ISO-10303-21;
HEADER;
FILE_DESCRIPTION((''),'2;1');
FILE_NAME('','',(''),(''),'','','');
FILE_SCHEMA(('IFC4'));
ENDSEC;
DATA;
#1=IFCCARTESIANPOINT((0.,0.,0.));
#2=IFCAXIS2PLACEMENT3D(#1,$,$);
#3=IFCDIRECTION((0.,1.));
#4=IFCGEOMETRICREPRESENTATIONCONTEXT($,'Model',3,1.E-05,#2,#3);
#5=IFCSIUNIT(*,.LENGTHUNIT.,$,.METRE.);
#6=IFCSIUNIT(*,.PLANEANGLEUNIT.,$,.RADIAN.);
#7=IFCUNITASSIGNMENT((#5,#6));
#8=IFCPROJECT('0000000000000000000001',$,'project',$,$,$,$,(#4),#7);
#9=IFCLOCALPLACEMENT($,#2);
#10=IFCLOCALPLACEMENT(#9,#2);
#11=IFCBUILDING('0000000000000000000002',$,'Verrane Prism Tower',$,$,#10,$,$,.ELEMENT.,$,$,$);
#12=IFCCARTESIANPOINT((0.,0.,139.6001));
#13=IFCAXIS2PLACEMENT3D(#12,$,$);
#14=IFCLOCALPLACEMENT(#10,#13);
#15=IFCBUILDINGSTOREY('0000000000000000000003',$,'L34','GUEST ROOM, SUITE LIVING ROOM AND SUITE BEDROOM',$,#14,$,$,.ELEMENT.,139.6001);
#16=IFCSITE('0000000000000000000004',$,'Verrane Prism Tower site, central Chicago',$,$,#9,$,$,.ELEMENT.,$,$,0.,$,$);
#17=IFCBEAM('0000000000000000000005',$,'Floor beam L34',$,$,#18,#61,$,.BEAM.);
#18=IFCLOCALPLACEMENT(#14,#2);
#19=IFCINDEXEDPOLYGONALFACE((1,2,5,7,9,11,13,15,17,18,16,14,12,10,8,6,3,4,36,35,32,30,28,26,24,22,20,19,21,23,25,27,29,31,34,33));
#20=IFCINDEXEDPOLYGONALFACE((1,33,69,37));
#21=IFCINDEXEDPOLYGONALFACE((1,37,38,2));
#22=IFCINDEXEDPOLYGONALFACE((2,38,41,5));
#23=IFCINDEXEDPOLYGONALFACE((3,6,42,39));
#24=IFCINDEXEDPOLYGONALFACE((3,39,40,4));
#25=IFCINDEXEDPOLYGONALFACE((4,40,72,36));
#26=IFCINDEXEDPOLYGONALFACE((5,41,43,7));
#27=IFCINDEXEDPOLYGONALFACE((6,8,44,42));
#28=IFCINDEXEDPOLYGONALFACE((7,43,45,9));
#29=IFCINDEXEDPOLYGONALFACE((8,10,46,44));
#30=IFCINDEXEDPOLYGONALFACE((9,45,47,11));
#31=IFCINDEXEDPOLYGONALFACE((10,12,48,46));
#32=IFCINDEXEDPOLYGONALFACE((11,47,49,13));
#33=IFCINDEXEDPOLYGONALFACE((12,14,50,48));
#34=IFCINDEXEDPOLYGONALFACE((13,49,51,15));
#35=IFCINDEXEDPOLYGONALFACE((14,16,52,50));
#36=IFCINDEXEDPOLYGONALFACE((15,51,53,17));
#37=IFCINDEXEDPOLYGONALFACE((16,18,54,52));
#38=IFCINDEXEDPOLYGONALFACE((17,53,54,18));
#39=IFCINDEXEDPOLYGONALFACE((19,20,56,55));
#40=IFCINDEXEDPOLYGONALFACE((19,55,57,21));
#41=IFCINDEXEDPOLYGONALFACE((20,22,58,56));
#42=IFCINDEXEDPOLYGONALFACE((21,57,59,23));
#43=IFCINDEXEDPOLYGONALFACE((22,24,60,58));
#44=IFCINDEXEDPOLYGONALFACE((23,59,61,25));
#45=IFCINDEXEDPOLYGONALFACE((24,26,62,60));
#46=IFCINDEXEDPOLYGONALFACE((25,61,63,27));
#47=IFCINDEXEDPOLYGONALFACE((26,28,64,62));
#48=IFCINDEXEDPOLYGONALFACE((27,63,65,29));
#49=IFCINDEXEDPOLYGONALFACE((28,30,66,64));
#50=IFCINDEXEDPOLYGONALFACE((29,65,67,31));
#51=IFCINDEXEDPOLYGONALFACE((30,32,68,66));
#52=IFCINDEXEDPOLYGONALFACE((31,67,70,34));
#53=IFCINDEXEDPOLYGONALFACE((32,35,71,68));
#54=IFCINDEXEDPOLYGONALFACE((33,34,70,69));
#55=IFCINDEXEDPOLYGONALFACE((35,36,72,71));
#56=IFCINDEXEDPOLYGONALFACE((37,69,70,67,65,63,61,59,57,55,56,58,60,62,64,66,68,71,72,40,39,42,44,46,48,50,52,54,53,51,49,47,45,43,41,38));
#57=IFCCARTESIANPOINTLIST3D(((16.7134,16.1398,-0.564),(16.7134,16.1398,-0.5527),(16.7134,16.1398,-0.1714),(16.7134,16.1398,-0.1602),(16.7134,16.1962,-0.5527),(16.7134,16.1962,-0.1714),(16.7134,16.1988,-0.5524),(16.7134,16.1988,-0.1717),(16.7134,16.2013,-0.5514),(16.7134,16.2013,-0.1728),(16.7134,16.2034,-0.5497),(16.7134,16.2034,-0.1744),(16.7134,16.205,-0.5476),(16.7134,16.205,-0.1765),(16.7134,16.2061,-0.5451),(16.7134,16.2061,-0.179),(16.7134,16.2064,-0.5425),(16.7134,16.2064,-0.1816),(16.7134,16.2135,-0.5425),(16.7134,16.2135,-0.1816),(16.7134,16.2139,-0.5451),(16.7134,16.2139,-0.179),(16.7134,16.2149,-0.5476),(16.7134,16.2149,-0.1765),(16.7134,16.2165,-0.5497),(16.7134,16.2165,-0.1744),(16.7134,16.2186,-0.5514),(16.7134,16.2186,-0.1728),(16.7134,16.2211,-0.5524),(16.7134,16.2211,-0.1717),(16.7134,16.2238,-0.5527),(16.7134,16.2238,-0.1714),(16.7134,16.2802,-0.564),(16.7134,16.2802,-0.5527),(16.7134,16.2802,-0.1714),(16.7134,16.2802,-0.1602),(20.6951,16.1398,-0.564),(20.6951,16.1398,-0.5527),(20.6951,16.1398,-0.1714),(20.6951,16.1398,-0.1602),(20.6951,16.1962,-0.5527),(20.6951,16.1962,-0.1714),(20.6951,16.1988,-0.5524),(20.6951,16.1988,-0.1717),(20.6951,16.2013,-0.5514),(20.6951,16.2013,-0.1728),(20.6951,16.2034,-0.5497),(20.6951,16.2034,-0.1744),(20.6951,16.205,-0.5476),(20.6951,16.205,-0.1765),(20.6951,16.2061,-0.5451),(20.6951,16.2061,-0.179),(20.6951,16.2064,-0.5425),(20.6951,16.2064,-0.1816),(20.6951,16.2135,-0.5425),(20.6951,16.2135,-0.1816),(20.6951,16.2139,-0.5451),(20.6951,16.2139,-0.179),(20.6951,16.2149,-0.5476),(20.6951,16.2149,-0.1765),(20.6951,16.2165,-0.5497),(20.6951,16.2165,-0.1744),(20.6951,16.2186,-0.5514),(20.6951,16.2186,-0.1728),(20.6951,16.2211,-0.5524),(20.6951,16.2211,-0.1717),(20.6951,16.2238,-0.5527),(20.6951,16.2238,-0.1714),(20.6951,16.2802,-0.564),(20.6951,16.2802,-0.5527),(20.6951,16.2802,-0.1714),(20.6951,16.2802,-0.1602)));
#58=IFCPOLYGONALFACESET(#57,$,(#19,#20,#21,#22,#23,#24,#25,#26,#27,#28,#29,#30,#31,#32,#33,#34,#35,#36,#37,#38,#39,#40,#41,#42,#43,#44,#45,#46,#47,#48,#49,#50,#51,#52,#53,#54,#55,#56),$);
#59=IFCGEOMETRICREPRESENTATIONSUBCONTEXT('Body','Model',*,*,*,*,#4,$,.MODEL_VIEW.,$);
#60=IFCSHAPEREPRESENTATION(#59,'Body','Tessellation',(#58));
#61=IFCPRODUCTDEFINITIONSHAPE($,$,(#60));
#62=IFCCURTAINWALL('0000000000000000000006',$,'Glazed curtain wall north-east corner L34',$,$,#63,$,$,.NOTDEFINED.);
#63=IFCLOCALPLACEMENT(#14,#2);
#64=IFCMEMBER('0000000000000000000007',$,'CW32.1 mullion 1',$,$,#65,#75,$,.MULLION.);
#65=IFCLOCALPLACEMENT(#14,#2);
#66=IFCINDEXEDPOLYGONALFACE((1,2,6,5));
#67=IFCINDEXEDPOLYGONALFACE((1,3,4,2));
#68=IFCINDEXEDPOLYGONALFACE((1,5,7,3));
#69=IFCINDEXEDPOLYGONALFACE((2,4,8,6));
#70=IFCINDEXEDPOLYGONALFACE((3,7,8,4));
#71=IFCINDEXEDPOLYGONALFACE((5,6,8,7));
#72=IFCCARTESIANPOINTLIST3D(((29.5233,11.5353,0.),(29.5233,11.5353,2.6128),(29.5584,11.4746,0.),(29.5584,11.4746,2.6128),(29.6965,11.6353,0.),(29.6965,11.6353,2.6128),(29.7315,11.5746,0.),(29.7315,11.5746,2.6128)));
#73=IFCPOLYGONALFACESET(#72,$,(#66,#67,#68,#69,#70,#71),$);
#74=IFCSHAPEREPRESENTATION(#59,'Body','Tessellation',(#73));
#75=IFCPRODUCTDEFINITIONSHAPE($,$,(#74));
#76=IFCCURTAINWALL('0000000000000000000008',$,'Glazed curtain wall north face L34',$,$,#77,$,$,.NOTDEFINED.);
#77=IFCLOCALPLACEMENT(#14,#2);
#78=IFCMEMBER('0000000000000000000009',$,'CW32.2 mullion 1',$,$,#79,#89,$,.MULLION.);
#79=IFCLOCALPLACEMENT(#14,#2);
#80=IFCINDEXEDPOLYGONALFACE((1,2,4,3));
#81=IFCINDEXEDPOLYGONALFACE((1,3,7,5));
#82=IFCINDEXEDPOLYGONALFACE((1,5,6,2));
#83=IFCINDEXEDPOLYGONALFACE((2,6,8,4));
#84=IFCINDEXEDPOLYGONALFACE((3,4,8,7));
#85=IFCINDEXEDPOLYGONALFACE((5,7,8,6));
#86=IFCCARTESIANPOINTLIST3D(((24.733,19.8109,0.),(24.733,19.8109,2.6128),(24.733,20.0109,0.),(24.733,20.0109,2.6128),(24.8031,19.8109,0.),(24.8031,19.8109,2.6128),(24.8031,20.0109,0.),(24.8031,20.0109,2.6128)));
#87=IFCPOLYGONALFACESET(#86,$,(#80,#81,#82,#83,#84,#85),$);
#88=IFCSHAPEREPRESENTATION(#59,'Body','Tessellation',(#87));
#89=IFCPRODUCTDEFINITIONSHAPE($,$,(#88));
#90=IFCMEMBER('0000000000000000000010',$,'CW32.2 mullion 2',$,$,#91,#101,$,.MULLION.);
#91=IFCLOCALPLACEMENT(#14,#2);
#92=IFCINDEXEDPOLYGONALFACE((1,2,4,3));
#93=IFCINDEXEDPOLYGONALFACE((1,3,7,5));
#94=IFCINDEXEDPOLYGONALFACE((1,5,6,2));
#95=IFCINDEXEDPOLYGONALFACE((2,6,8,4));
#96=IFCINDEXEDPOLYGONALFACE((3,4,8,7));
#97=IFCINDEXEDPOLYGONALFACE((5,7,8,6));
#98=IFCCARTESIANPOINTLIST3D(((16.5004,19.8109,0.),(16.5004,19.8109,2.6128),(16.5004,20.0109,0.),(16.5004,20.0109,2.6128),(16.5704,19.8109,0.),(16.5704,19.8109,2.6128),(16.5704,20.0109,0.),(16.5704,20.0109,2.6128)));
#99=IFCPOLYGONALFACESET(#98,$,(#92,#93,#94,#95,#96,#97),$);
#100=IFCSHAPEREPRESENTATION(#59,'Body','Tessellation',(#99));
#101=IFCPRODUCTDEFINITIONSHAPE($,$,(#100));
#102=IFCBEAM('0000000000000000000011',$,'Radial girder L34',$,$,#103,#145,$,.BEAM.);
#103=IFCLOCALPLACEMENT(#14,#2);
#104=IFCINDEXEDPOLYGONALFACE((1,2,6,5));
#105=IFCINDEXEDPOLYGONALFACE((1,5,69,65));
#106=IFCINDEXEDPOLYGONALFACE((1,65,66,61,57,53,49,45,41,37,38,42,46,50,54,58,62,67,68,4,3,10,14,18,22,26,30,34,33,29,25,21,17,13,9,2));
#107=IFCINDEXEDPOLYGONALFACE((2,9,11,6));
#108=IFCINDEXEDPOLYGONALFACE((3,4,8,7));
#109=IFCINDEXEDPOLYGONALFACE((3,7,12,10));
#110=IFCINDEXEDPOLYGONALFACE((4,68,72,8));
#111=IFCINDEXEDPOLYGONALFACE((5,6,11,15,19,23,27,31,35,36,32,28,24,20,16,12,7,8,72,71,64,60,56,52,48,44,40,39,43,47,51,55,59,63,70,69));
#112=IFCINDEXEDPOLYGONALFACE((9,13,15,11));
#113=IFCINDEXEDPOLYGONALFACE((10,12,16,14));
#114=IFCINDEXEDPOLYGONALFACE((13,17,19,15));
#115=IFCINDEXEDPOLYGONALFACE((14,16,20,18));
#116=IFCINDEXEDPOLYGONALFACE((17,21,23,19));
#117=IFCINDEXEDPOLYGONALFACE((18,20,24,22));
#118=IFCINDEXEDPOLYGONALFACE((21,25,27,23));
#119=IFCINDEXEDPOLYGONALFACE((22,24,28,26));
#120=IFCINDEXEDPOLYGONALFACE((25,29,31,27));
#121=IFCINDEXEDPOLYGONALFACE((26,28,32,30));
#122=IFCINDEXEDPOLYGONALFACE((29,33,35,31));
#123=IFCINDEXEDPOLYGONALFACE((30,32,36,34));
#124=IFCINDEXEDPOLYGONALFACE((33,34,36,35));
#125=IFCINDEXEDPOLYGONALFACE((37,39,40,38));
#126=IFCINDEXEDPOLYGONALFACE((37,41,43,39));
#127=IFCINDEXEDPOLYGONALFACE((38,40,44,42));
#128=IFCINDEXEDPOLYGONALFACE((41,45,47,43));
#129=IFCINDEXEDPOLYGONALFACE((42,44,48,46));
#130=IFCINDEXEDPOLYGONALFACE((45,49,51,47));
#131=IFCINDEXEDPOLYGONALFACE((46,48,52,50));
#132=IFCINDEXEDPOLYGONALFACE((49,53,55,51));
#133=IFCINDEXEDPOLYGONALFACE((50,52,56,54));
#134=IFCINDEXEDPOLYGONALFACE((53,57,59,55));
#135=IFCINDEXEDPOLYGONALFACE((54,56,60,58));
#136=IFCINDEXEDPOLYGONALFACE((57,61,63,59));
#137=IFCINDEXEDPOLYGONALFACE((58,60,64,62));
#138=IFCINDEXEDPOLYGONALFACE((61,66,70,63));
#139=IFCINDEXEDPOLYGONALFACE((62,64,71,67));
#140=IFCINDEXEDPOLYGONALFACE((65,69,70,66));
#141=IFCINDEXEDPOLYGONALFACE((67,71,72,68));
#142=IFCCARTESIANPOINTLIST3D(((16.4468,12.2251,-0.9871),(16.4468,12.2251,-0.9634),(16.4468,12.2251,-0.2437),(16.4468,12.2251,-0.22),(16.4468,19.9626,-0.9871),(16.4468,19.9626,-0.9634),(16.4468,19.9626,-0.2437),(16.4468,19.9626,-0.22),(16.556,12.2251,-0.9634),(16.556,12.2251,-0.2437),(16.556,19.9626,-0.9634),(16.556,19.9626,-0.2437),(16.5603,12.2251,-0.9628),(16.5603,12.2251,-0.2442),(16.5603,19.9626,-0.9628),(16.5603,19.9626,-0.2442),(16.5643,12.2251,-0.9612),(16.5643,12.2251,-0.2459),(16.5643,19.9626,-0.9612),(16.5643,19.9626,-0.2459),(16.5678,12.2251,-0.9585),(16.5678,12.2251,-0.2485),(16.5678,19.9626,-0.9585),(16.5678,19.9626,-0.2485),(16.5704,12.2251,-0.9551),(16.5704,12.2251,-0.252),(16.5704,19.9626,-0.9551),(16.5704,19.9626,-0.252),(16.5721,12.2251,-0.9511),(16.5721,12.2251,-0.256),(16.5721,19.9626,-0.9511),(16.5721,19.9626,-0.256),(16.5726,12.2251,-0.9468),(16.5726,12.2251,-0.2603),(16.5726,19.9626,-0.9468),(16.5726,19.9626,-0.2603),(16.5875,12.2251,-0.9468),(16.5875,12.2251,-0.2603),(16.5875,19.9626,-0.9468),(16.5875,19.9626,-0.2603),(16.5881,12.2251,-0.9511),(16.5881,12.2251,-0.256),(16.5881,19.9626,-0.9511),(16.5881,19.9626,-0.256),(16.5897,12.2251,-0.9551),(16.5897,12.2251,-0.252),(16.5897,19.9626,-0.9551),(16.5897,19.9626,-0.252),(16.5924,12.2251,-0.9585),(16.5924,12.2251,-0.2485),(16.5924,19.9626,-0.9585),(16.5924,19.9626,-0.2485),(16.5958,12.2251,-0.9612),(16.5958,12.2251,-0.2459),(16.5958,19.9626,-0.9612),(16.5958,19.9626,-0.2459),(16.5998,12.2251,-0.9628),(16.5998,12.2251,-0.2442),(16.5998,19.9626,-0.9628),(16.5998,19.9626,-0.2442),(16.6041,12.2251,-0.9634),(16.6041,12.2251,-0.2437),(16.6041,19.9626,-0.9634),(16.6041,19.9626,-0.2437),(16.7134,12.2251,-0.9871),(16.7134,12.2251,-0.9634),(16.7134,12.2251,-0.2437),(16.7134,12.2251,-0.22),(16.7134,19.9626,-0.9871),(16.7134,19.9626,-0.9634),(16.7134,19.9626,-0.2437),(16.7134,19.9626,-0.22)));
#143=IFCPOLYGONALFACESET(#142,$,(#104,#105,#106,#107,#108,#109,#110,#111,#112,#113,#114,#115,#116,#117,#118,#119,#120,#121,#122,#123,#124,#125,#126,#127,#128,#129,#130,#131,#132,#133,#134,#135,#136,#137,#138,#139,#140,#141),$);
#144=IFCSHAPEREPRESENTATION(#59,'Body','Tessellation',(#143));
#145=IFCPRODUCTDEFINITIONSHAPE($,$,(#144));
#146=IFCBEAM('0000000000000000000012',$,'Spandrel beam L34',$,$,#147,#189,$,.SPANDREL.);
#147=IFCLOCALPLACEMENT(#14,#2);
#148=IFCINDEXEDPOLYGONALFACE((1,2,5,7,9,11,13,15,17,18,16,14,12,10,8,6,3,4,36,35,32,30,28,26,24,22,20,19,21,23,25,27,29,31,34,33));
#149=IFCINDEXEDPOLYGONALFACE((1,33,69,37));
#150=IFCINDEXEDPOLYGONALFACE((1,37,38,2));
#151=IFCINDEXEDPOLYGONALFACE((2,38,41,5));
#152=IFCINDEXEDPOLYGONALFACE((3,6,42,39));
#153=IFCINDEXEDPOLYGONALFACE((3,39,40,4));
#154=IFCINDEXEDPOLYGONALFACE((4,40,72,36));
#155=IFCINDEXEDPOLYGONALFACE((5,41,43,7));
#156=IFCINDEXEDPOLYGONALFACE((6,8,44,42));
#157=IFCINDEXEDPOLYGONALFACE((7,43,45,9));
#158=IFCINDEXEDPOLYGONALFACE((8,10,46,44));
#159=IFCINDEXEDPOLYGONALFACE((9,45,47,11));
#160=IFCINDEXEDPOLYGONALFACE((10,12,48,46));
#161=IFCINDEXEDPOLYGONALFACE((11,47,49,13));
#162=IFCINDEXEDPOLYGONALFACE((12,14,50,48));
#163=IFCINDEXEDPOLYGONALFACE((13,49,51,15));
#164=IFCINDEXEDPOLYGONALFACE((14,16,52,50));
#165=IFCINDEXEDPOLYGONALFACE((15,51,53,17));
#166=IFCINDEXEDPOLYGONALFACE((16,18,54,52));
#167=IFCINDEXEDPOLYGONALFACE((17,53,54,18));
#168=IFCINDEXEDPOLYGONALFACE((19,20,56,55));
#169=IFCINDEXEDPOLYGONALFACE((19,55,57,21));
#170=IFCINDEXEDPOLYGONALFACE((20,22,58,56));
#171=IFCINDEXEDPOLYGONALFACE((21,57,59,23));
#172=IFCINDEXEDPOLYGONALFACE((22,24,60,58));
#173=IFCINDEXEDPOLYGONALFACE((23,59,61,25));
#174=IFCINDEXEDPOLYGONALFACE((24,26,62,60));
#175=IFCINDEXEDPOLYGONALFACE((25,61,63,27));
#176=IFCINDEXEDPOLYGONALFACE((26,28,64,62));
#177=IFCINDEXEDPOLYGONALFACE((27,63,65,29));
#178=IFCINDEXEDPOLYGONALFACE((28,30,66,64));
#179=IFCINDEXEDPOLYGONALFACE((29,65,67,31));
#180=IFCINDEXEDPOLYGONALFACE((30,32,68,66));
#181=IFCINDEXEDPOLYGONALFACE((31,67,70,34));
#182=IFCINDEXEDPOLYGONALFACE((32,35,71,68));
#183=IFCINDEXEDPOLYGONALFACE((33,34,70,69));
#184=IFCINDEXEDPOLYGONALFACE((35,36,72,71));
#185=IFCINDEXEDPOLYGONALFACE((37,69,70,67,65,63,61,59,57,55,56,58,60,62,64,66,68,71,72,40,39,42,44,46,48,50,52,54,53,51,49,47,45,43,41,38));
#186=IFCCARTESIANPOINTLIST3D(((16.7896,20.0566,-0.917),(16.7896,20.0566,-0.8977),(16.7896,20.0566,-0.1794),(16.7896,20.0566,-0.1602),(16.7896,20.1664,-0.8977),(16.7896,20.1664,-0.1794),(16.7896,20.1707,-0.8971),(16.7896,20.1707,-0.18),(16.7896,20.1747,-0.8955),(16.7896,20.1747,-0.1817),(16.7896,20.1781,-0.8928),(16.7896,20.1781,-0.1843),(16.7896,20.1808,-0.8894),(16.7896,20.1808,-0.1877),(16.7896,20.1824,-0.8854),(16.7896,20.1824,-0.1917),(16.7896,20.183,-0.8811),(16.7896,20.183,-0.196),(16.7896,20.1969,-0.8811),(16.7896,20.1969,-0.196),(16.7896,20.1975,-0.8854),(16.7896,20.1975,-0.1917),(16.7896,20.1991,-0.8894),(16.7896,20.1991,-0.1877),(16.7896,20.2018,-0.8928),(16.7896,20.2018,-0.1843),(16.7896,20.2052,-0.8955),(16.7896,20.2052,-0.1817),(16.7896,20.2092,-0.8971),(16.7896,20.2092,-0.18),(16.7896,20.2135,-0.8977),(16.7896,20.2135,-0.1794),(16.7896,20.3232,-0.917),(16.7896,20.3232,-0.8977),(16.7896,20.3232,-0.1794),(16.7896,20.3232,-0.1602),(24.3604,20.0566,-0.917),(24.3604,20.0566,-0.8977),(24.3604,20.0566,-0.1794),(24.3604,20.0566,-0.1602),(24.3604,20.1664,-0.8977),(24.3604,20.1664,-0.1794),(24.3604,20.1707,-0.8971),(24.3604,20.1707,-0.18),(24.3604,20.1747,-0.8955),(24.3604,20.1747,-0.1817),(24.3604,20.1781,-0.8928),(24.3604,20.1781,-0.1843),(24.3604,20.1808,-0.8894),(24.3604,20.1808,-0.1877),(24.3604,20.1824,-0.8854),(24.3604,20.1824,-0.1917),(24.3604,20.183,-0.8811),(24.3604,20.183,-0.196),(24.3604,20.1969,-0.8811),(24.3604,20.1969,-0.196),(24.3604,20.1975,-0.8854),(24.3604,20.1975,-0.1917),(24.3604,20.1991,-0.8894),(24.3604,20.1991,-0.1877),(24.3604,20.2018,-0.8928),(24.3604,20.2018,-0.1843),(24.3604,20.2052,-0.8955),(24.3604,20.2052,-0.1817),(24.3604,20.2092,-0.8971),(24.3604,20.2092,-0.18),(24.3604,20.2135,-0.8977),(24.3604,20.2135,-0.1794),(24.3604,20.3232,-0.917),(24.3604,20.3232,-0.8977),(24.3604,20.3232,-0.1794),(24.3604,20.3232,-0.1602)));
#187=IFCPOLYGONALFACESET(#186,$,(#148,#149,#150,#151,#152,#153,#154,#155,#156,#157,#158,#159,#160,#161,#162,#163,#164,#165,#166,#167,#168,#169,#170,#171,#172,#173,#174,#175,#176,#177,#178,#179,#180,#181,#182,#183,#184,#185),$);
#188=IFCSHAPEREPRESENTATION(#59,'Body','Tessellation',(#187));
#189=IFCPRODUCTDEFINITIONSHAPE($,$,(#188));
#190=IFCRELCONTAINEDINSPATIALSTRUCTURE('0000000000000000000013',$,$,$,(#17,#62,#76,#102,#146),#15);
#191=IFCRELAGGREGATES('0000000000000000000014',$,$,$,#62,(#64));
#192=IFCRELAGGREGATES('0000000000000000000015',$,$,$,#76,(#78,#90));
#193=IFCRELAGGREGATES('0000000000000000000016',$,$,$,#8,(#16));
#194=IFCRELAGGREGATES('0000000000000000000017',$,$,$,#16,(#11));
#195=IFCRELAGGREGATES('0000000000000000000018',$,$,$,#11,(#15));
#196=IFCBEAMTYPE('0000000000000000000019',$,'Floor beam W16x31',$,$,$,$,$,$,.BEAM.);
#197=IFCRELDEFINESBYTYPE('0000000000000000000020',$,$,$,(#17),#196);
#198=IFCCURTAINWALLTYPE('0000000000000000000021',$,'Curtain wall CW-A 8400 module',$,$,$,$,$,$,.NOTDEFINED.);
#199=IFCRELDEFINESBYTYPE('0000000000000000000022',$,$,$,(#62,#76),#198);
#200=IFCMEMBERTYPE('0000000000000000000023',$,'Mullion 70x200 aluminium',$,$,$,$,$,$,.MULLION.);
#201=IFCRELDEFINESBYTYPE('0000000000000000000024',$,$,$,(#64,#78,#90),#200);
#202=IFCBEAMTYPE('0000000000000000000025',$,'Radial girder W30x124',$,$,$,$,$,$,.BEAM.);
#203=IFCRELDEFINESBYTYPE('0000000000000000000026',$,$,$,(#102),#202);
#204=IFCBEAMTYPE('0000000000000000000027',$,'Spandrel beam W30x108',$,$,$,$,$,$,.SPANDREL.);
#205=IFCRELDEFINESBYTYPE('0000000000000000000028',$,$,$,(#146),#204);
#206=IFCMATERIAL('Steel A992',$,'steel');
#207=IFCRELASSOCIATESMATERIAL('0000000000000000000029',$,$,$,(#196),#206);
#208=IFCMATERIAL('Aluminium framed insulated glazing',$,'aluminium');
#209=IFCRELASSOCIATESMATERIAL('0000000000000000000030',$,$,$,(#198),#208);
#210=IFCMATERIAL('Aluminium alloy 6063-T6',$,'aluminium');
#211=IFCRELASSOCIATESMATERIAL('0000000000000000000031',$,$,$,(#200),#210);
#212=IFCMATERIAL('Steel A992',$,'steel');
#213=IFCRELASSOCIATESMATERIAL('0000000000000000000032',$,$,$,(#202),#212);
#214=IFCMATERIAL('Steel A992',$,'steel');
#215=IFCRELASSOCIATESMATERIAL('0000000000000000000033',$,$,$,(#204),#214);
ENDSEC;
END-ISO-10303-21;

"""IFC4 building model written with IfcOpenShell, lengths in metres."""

from ifc_helpers import new_model, si_unit, direction, frame, origin, origin_2d, place, context, subcontext, project, spatial, rectangle, i_section, extrude, material, material_profile, profile_set, type_object, element, aggregate, save


model = new_model("IFC4")

# Units and contexts
model_context = context("Model", 3, precision=1e-05, world=origin(), true_north=direction((0.0, 1.0)))
body_context = subcontext(model_context, "Body", "Model", "MODEL_VIEW")
ifc_project = project(units=[si_unit("LENGTHUNIT", "METRE"), si_unit("PLANEANGLEUNIT", "RADIAN")], contexts=[model_context])

# Site, building, storey
site_placement = place(None, origin())
site = spatial("IfcSite", under=ifc_project, at=site_placement, Name="Verrane Prism Tower site, central Chicago", CompositionType="ELEMENT", RefElevation=0.0)
building_placement = place(site_placement, origin())
building = spatial("IfcBuilding", under=site, at=building_placement, Name="Verrane Prism Tower", CompositionType="ELEMENT")
storey_placement = place(building_placement, frame((0.0, 0.0, 139.6001)))
storey = spatial("IfcBuildingStorey", under=building, at=storey_placement, Name="L34", Description="GUEST ROOM, SUITE LIVING ROOM AND SUITE BEDROOM", CompositionType="ELEMENT", Elevation=139.6001)

# Beam
ifc_material_1 = material(Name="Steel A992", Category="steel")
ifc_material_profile_1 = material_profile(ifc_material_1, i_section(OverallWidth=0.1404, OverallDepth=0.4038, WebThickness=0.0071, FlangeThickness=0.0112, FilletRadius=0.0103, at=origin_2d()), Name="W16x31")
ifc_profile_set_1 = profile_set([ifc_material_profile_1], Name="Steel A992")
beam_type_1 = type_object("IfcBeamType", Name="Floor beam W16x31", PredefinedType="BEAM", material=ifc_profile_set_1)
beam_1_placement = place(storey_placement, frame((16.7134, 16.21, -0.3621), z_axis=(1.0, 0.0, 0.0), x_axis=(0.0, 1.0, 0.0)))
element("IfcBeam", 1, at=beam_1_placement, inside=storey, type_object=beam_type_1, Name="Floor beam L34", PredefinedType="BEAM", context=body_context, shape_type="SweptSolid", body=[
    extrude(i_section(OverallWidth=0.1404, OverallDepth=0.4038, WebThickness=0.0071, FlangeThickness=0.0112, FilletRadius=0.0103, at=origin_2d()), origin(), (0.0, 0.0, 1.0), 3.9817),
])

# Curtain wall, member
ifc_material_2 = material(Name="Aluminium framed insulated glazing", Category="aluminium")
curtain_wall_type = type_object("IfcCurtainWallType", Name="Curtain wall CW-A 8400 module", PredefinedType="NOTDEFINED", material=ifc_material_2)
curtain_wall_1_placement = place(storey_placement, origin())
curtain_wall_1 = element("IfcCurtainWall", 2, at=curtain_wall_1_placement, inside=storey, type_object=curtain_wall_type, Name="Glazed curtain wall north-east corner L34", PredefinedType="NOTDEFINED")
ifc_material_3 = material(Name="Aluminium alloy 6063-T6", Category="aluminium")
ifc_material_profile_2 = material_profile(ifc_material_3, rectangle(XDim=0.2, YDim=0.0701, at=origin_2d()), Name="Mullion 70x200 aluminium")
ifc_profile_set_2 = profile_set([ifc_material_profile_2], Name="Aluminium alloy 6063-T6")
member_type_1 = type_object("IfcMemberType", Name="Mullion 70x200 aluminium", PredefinedType="MULLION", material=ifc_profile_set_2)
member_1_placement = place(storey_placement, frame((29.6274, 11.5549, 0.0), z_axis=(0.0, 0.0, 1.0), x_axis=(-0.866028, -0.499996, 0.0)))
member_1 = element("IfcMember", 3, at=member_1_placement, type_object=member_type_1, Name="CW32.1 mullion 1", PredefinedType="MULLION", context=body_context, shape_type="SweptSolid", body=[
    extrude(rectangle(XDim=0.2, YDim=0.0701, at=origin_2d()), origin(), (0.0, 0.0, 1.0), 2.6128),
])

# Curtain wall, members
curtain_wall_2_placement = place(storey_placement, origin())
curtain_wall_2 = element("IfcCurtainWall", 4, at=curtain_wall_2_placement, inside=storey, type_object=curtain_wall_type, Name="Glazed curtain wall north face L34", PredefinedType="NOTDEFINED")
member_2_placement = place(storey_placement, frame((24.7681, 19.9109, 0.0), z_axis=(0.0, 0.0, 1.0), x_axis=(0.0, -1.0, 0.0)))
member_2 = element("IfcMember", 5, at=member_2_placement, type_object=member_type_1, Name="CW32.2 mullion 1", PredefinedType="MULLION", context=body_context, shape_type="SweptSolid", body=[
    extrude(rectangle(XDim=0.2, YDim=0.0701, at=origin_2d()), origin(), (0.0, 0.0, 1.0), 2.6128),
])
member_3_placement = place(storey_placement, frame((16.5354, 19.9109, 0.0), z_axis=(0.0, 0.0, 1.0), x_axis=(0.0, -1.0, 0.0)))
member_3 = element("IfcMember", 6, at=member_3_placement, type_object=member_type_1, Name="CW32.2 mullion 2", PredefinedType="MULLION", context=body_context, shape_type="SweptSolid", body=[
    extrude(rectangle(XDim=0.2, YDim=0.0701, at=origin_2d()), origin(), (0.0, 0.0, 1.0), 2.6128),
])

# Beams
ifc_material_4 = material(Name="Steel A992", Category="steel")
ifc_material_profile_3 = material_profile(ifc_material_4, i_section(OverallWidth=0.2666, OverallDepth=0.7671, WebThickness=0.0149, FlangeThickness=0.0237, FilletRadius=0.0166, at=origin_2d()), Name="W30x124")
ifc_profile_set_3 = profile_set([ifc_material_profile_3], Name="Steel A992")
beam_type_2 = type_object("IfcBeamType", Name="Radial girder W30x124", PredefinedType="BEAM", material=ifc_profile_set_3)
beam_2_placement = place(storey_placement, frame((16.5801, 19.9626, -0.6035), z_axis=(0.0, -1.0, 0.0), x_axis=(1.0, 0.0, 0.0)))
element("IfcBeam", 7, at=beam_2_placement, inside=storey, type_object=beam_type_2, Name="Radial girder L34", PredefinedType="BEAM", context=body_context, shape_type="SweptSolid", body=[
    extrude(i_section(OverallWidth=0.2666, OverallDepth=0.7671, WebThickness=0.0149, FlangeThickness=0.0237, FilletRadius=0.0166, at=origin_2d()), origin(), (0.0, 0.0, 1.0), 7.7375),
])
ifc_material_5 = material(Name="Steel A992", Category="steel")
ifc_material_profile_4 = material_profile(ifc_material_5, i_section(OverallWidth=0.2666, OverallDepth=0.7568, WebThickness=0.0139, FlangeThickness=0.0193, FilletRadius=0.0166, at=origin_2d()), Name="W30x108")
ifc_profile_set_4 = profile_set([ifc_material_profile_4], Name="Steel A992")
beam_type_3 = type_object("IfcBeamType", Name="Spandrel beam W30x108", PredefinedType="SPANDREL", material=ifc_profile_set_4)
beam_3_placement = place(storey_placement, frame((24.3604, 20.1899, -0.5386), z_axis=(-1.0, 0.0, 0.0), x_axis=(0.0, -1.0, 0.0)))
element("IfcBeam", 8, at=beam_3_placement, inside=storey, type_object=beam_type_3, Name="Spandrel beam L34", PredefinedType="SPANDREL", context=body_context, shape_type="SweptSolid", body=[
    extrude(i_section(OverallWidth=0.2666, OverallDepth=0.7568, WebThickness=0.0139, FlangeThickness=0.0193, FilletRadius=0.0166, at=origin_2d()), origin(), (0.0, 0.0, 1.0), 7.5708),
])

aggregate(curtain_wall_1, [member_1])
aggregate(curtain_wall_2, [member_2, member_3])

save(model, "model.ifc")
